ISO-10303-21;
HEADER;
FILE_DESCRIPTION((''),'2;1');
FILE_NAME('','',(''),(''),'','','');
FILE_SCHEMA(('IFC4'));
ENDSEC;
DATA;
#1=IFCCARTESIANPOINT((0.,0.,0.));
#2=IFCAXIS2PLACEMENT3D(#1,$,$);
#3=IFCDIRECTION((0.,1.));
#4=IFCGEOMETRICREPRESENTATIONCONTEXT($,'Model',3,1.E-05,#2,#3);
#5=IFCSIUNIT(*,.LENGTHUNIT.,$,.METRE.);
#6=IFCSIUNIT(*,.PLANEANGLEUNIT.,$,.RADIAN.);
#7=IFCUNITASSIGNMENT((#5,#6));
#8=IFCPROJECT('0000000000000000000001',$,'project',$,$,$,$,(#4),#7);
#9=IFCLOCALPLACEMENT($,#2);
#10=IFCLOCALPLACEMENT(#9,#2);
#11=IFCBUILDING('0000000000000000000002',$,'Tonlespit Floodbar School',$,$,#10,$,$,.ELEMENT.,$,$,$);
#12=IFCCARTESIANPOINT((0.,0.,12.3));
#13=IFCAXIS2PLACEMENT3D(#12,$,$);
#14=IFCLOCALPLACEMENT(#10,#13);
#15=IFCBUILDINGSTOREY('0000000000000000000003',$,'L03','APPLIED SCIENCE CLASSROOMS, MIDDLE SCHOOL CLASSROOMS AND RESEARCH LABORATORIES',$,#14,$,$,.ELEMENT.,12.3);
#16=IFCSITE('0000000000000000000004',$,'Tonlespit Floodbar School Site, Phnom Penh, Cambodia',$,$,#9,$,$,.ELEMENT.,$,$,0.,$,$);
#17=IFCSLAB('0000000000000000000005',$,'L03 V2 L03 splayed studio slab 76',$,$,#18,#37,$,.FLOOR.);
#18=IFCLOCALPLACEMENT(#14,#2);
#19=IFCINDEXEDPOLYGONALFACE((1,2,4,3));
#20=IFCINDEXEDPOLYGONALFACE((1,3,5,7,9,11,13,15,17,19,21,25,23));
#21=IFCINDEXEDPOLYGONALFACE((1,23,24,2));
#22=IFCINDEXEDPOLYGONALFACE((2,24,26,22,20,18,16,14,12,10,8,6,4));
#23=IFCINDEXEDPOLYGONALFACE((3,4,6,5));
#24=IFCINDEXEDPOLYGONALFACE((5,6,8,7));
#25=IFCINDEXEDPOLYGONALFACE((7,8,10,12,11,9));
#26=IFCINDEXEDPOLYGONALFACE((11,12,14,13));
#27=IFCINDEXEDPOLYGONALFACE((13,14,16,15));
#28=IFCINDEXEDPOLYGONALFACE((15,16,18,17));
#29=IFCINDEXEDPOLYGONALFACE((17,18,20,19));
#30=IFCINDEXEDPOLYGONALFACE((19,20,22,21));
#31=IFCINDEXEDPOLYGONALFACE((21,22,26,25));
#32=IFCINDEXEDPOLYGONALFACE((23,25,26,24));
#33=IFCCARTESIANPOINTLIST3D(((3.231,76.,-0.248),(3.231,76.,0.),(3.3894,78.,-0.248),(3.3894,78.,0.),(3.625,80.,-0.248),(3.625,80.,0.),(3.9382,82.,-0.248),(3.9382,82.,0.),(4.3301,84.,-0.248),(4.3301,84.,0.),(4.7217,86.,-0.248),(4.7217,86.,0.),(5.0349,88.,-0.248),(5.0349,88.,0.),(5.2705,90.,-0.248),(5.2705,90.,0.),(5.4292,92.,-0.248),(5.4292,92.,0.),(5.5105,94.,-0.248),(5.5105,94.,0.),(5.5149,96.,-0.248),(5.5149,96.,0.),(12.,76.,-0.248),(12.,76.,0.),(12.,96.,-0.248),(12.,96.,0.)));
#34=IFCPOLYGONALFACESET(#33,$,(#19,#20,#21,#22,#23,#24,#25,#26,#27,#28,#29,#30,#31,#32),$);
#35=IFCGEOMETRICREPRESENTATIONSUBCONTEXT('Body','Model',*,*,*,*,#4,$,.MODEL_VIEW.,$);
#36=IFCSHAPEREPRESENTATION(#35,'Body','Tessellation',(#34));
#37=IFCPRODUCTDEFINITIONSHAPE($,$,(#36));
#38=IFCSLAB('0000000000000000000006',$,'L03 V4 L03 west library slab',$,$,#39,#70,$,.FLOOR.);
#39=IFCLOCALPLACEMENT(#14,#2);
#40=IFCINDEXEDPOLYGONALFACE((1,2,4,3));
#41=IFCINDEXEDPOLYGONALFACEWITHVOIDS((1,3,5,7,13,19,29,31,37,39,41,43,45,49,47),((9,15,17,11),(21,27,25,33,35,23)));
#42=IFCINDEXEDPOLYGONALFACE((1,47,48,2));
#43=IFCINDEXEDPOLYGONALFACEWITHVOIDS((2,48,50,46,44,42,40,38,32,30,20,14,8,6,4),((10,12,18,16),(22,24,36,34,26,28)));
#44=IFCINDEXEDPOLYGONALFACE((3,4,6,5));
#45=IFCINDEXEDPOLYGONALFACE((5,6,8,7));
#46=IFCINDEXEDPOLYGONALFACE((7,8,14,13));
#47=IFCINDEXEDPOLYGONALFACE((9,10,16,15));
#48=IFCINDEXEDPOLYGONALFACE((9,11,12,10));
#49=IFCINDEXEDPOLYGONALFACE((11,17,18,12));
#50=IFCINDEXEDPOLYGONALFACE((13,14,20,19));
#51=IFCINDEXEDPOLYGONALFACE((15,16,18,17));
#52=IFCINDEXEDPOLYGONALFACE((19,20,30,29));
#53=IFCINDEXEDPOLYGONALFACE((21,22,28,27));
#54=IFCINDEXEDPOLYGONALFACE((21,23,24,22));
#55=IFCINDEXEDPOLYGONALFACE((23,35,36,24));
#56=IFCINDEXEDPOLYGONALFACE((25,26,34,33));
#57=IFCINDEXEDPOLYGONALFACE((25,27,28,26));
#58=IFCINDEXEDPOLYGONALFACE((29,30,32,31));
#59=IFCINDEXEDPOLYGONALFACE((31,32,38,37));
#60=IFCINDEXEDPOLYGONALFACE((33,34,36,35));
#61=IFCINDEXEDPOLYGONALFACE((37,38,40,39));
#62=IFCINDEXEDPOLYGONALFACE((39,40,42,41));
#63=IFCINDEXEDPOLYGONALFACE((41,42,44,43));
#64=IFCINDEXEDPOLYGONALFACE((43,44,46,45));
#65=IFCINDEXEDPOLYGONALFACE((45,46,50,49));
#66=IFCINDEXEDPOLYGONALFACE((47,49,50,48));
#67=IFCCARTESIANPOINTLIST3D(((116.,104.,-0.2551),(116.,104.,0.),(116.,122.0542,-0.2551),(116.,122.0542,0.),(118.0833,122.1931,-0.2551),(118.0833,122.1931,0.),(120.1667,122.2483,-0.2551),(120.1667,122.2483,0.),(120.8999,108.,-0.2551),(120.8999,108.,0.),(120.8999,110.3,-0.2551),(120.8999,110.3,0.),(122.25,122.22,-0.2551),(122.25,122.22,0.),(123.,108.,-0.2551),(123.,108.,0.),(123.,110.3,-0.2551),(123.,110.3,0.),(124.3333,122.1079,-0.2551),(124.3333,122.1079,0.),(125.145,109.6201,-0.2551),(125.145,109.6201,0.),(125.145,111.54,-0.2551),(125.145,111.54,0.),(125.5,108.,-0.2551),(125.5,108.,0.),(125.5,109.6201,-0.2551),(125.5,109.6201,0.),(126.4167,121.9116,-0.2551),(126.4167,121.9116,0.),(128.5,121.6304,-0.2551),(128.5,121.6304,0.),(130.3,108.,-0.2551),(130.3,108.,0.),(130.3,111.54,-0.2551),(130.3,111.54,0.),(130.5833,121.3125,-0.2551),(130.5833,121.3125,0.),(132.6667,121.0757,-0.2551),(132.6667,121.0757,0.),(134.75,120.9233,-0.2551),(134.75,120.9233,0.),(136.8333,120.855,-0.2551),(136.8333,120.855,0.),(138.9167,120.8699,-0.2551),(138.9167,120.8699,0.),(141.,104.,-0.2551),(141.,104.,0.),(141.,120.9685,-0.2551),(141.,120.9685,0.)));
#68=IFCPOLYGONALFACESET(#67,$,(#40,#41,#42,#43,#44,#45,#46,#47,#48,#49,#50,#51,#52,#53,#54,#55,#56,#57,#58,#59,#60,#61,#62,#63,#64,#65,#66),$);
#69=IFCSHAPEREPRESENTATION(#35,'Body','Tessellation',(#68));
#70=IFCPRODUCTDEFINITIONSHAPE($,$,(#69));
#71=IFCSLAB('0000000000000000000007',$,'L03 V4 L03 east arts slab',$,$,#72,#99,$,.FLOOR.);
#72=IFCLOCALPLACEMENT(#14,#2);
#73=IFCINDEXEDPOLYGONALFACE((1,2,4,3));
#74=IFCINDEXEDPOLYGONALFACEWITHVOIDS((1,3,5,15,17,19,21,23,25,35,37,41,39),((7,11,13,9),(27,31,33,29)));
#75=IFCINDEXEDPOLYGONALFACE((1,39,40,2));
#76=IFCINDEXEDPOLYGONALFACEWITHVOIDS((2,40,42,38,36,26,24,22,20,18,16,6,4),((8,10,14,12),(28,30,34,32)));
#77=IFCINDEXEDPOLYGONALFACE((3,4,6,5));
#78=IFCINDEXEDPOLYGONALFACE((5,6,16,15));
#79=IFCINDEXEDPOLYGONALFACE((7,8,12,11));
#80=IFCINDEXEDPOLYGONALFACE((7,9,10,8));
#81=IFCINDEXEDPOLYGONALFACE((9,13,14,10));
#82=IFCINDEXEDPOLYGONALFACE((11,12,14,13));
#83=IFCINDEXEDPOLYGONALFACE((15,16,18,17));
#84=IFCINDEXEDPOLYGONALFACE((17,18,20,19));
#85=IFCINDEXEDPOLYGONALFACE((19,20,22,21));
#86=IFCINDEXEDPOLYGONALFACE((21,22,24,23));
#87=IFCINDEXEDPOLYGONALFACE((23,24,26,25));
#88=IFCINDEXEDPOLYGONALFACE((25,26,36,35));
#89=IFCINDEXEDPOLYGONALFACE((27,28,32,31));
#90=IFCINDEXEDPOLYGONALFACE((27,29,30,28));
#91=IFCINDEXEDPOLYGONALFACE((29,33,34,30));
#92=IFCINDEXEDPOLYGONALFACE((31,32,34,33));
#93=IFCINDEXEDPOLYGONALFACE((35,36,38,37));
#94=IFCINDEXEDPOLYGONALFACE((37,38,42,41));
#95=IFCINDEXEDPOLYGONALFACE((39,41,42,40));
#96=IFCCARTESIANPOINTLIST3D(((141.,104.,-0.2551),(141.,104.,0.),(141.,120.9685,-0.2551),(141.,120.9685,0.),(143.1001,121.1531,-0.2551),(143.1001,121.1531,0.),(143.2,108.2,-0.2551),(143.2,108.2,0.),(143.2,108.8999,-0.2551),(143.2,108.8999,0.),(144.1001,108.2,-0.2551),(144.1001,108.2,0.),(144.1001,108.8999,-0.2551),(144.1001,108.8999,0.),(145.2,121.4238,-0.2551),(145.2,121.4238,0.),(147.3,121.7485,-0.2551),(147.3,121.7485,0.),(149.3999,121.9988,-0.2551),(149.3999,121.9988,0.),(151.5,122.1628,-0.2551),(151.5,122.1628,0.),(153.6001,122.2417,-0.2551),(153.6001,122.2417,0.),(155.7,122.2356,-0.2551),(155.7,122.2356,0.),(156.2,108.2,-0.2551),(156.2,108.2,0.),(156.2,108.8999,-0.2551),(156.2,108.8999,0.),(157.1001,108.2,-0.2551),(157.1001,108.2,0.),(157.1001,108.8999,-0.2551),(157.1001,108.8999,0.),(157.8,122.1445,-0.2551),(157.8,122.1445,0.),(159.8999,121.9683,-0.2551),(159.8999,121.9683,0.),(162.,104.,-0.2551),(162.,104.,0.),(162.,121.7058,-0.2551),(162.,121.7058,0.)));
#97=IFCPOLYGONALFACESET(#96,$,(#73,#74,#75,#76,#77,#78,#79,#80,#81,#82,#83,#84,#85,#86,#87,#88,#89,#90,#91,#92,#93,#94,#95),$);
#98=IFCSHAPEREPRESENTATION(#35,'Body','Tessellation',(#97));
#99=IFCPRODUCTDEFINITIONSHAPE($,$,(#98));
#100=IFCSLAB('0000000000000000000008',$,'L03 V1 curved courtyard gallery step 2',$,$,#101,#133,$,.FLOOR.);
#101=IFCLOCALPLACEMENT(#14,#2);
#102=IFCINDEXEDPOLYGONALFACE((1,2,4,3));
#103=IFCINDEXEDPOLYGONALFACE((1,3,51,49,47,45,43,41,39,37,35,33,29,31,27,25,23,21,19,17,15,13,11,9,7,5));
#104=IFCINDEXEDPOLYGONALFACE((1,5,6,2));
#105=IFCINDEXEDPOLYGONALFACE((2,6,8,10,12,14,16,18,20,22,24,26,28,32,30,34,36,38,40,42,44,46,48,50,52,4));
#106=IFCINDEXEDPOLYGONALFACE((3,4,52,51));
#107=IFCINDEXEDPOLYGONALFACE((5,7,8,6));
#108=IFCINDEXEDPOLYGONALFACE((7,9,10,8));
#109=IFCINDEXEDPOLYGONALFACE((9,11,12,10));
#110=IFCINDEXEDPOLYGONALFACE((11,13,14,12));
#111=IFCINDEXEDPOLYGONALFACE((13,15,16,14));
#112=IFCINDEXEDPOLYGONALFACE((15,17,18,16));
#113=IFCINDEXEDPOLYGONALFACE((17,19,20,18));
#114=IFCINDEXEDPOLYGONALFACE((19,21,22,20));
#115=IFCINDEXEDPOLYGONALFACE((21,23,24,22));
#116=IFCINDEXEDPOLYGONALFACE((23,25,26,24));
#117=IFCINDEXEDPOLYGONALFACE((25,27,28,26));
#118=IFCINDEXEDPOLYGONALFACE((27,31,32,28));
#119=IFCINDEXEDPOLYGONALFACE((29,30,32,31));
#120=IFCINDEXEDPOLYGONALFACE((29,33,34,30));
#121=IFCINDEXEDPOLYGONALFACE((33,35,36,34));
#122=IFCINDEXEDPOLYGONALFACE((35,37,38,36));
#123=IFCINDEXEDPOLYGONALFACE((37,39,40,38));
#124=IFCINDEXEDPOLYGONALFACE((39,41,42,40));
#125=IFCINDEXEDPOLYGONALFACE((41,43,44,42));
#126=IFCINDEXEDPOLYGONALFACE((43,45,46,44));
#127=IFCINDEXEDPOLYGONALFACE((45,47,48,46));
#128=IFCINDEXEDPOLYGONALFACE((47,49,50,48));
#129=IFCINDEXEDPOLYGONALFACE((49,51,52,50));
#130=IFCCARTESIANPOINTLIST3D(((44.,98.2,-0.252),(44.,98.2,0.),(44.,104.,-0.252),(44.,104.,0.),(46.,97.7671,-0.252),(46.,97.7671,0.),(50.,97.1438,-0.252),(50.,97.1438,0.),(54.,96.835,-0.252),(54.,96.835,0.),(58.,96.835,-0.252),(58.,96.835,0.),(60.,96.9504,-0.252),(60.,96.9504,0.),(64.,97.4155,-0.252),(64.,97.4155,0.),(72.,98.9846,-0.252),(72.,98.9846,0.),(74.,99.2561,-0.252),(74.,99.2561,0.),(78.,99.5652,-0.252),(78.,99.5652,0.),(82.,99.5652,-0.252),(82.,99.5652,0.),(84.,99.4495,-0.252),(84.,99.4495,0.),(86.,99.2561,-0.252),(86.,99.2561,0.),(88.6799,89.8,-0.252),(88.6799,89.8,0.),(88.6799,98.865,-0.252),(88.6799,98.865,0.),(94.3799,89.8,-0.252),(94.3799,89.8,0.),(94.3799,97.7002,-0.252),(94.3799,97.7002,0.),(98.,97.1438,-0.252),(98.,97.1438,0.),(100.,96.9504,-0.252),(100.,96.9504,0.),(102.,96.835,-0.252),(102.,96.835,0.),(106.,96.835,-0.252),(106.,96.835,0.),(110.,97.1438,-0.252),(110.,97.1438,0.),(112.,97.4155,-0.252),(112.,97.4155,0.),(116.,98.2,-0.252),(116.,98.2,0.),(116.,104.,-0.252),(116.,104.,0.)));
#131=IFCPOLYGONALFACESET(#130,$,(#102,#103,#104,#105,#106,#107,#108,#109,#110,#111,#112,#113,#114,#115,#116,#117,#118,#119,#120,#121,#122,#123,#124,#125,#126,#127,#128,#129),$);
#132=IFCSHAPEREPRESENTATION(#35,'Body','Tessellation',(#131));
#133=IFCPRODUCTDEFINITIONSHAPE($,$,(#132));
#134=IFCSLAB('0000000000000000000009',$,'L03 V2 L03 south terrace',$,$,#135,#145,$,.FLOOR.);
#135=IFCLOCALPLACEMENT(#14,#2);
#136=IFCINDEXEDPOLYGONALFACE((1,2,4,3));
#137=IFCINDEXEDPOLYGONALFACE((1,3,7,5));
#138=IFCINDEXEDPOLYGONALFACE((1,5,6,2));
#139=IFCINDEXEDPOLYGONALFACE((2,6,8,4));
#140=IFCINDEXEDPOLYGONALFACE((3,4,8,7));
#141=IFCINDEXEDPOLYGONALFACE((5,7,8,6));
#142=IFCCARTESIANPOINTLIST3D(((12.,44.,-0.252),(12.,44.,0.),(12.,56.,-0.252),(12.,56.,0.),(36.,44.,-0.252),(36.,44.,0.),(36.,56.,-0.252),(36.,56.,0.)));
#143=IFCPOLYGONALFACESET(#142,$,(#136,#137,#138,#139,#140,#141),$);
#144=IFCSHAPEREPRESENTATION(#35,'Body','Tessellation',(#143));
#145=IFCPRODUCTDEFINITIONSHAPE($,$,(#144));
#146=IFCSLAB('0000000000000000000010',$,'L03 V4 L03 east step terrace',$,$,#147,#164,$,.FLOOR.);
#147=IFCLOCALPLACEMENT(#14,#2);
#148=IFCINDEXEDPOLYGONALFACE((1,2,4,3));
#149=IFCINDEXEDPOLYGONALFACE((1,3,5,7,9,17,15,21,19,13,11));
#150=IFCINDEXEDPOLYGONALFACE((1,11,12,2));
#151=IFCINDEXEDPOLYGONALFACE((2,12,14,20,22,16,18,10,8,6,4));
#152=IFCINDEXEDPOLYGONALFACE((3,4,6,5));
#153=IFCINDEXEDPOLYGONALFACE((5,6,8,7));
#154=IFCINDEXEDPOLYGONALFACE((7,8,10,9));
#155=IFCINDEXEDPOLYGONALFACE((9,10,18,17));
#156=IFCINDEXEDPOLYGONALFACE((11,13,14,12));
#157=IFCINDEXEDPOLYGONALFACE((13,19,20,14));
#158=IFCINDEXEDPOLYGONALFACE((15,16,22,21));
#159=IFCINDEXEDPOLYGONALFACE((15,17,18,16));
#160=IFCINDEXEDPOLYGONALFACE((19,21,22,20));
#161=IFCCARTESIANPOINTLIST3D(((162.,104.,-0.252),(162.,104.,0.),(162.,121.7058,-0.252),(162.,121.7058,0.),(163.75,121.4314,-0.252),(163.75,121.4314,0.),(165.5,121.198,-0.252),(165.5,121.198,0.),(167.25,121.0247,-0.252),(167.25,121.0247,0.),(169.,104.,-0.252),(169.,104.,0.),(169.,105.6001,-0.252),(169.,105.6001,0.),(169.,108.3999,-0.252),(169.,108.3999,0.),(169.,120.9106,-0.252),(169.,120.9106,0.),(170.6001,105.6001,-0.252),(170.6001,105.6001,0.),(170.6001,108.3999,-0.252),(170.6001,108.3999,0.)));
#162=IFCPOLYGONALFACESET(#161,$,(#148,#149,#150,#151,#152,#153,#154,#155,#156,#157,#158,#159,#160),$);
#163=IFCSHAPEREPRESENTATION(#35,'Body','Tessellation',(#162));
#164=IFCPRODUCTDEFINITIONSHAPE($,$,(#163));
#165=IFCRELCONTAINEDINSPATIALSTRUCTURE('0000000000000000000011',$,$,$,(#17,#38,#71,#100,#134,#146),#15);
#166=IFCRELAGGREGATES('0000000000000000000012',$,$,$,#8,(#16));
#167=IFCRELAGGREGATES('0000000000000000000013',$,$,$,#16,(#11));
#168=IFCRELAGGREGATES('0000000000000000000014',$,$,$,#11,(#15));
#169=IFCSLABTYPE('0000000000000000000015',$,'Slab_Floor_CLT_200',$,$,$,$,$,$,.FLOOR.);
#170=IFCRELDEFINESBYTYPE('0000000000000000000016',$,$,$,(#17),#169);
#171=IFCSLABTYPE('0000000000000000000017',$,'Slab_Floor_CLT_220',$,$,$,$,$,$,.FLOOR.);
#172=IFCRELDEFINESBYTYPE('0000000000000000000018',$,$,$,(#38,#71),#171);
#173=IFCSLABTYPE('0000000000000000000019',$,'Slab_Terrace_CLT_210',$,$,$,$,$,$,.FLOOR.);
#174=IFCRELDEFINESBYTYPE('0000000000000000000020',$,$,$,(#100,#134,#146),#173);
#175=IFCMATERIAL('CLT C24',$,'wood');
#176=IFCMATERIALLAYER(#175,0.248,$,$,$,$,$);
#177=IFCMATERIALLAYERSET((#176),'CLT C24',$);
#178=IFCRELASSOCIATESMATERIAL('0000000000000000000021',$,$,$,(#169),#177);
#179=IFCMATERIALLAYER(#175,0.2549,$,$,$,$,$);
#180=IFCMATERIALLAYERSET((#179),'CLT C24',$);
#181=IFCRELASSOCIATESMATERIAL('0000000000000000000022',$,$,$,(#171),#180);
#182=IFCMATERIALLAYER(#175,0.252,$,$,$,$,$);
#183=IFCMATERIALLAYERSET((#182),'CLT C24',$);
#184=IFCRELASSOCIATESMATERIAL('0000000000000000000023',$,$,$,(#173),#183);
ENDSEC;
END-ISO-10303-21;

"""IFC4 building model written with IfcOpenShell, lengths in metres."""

from ifc_helpers import new_model, si_unit, direction, frame, origin, place, context, subcontext, project, spatial, polyline, outline, extrude, material, layer, layer_set, type_object, element, save


model = new_model("IFC4")

# Units and contexts
model_context = context("Model", 3, precision=1e-05, world=origin(), true_north=direction((0.0, 1.0)))
body_context = subcontext(model_context, "Body", "Model", "MODEL_VIEW")
ifc_project = project(units=[si_unit("LENGTHUNIT", "METRE"), si_unit("PLANEANGLEUNIT", "RADIAN")], contexts=[model_context])

# Site, building, storey
site_placement = place(None, origin())
site = spatial("IfcSite", under=ifc_project, at=site_placement, Name="Tonlespit Floodbar School Site, Phnom Penh, Cambodia", CompositionType="ELEMENT", RefElevation=0.0)
building_placement = place(site_placement, origin())
building = spatial("IfcBuilding", under=site, at=building_placement, Name="Tonlespit Floodbar School", CompositionType="ELEMENT")
storey_placement = place(building_placement, frame((0.0, 0.0, 12.3)))
storey = spatial("IfcBuildingStorey", under=building, at=storey_placement, Name="L03", Description="APPLIED SCIENCE CLASSROOMS, MIDDLE SCHOOL CLASSROOMS AND RESEARCH LABORATORIES", CompositionType="ELEMENT", Elevation=12.3)

# Slabs
ifc_material_1 = material(Name="CLT C24", Category="wood")
ifc_layer_1 = layer(ifc_material_1, 0.248)
ifc_layer_set_1 = layer_set([ifc_layer_1], Name="CLT C24")
slab_type_1 = type_object("IfcSlabType", Name="Slab_Floor_CLT_200", PredefinedType="FLOOR", material=ifc_layer_set_1)
slab_1_placement = place(storey_placement, frame((0.0, 0.0, -0.248)))
element("IfcSlab", 1, at=slab_1_placement, inside=storey, type_object=slab_type_1, Name="L03 V2 L03 splayed studio slab 76", PredefinedType="FLOOR", context=body_context, shape_type="SweptSolid", body=[
    extrude(outline(polyline([(12.0, 76.0), (12.0, 96.0), (5.5149, 96.0), (5.5105, 94.0), (5.4292, 92.0), (5.2705, 90.0), (5.0349, 88.0), (4.7217, 86.0), (4.3301, 84.0), (3.9382, 82.0), (3.625, 80.0), (3.3894, 78.0), (3.231, 76.0), (12.0, 76.0)])), origin(), (0.0, 0.0, 1.0), 0.248),
])
ifc_layer_2 = layer(ifc_material_1, 0.2549)
ifc_layer_set_2 = layer_set([ifc_layer_2], Name="CLT C24")
slab_type_2 = type_object("IfcSlabType", Name="Slab_Floor_CLT_220", PredefinedType="FLOOR", material=ifc_layer_set_2)
slab_2_placement = place(storey_placement, frame((0.0, 0.0, -0.2551)))
element("IfcSlab", 2, at=slab_2_placement, inside=storey, type_object=slab_type_2, Name="L03 V4 L03 west library slab", PredefinedType="FLOOR", context=body_context, shape_type="SweptSolid", body=[
    extrude(outline(polyline([(116.0, 104.0), (141.0, 104.0), (141.0, 120.9685), (138.9167, 120.8699), (136.8333, 120.855), (134.75, 120.9233), (132.6667, 121.0757), (130.5833, 121.3125), (128.5, 121.6304), (126.4167, 121.9116), (124.3333, 122.1079), (122.25, 122.22), (120.1667, 122.2483), (118.0833, 122.1931), (116.0, 122.0542), (116.0, 104.0)]), holes=[polyline([(125.5, 108.0), (130.3, 108.0), (130.3, 111.54), (125.145, 111.54), (125.145, 109.6201), (125.5, 109.6201), (125.5, 108.0)]), polyline([(120.8999, 108.0), (123.0, 108.0), (123.0, 110.3), (120.8999, 110.3), (120.8999, 108.0)])]), origin(), (0.0, 0.0, 1.0), 0.2551),
])
slab_3_placement = place(storey_placement, frame((0.0, 0.0, -0.2551)))
element("IfcSlab", 3, at=slab_3_placement, inside=storey, type_object=slab_type_2, Name="L03 V4 L03 east arts slab", PredefinedType="FLOOR", context=body_context, shape_type="SweptSolid", body=[
    extrude(outline(polyline([(141.0, 104.0), (162.0, 104.0), (162.0, 121.7058), (159.8999, 121.9683), (157.8, 122.1445), (155.7, 122.2356), (153.6001, 122.2417), (151.5, 122.1628), (149.3999, 121.9988), (147.3, 121.7485), (145.2, 121.4238), (143.1001, 121.1531), (141.0, 120.9685), (141.0, 104.0)]), holes=[polyline([(143.2, 108.2), (144.1001, 108.2), (144.1001, 108.8999), (143.2, 108.8999), (143.2, 108.2)]), polyline([(156.2, 108.2), (157.1001, 108.2), (157.1001, 108.8999), (156.2, 108.8999), (156.2, 108.2)])]), origin(), (0.0, 0.0, 1.0), 0.2551),
])
ifc_layer_3 = layer(ifc_material_1, 0.252)
ifc_layer_set_3 = layer_set([ifc_layer_3], Name="CLT C24")
slab_type_3 = type_object("IfcSlabType", Name="Slab_Terrace_CLT_210", PredefinedType="FLOOR", material=ifc_layer_set_3)
slab_4_placement = place(storey_placement, frame((0.0, 0.0, -0.252)))
element("IfcSlab", 4, at=slab_4_placement, inside=storey, type_object=slab_type_3, Name="L03 V1 curved courtyard gallery step 2", PredefinedType="FLOOR", context=body_context, shape_type="SweptSolid", body=[
    extrude(outline(polyline([(94.3799, 89.8), (88.6799, 89.8), (88.6799, 98.865), (86.0, 99.2561), (84.0, 99.4495), (82.0, 99.5652), (78.0, 99.5652), (74.0, 99.2561), (72.0, 98.9846), (64.0, 97.4155), (60.0, 96.9504), (58.0, 96.835), (54.0, 96.835), (50.0, 97.1438), (46.0, 97.7671), (44.0, 98.2), (44.0, 104.0), (116.0, 104.0), (116.0, 98.2), (112.0, 97.4155), (110.0, 97.1438), (106.0, 96.835), (102.0, 96.835), (100.0, 96.9504), (98.0, 97.1438), (94.3799, 97.7002), (94.3799, 89.8)])), origin(), (0.0, 0.0, 1.0), 0.252),
])
slab_5_placement = place(storey_placement, frame((0.0, 0.0, -0.252)))
element("IfcSlab", 5, at=slab_5_placement, inside=storey, type_object=slab_type_3, Name="L03 V2 L03 south terrace", PredefinedType="FLOOR", context=body_context, shape_type="SweptSolid", body=[
    extrude(outline(polyline([(12.0, 44.0), (36.0, 44.0), (36.0, 56.0), (12.0, 56.0), (12.0, 44.0)])), origin(), (0.0, 0.0, 1.0), 0.252),
])
slab_6_placement = place(storey_placement, frame((0.0, 0.0, -0.252)))
element("IfcSlab", 6, at=slab_6_placement, inside=storey, type_object=slab_type_3, Name="L03 V4 L03 east step terrace", PredefinedType="FLOOR", context=body_context, shape_type="SweptSolid", body=[
    extrude(outline(polyline([(162.0, 104.0), (169.0, 104.0), (169.0, 105.6001), (170.6001, 105.6001), (170.6001, 108.3999), (169.0, 108.3999), (169.0, 120.9106), (167.25, 121.0247), (165.5, 121.198), (163.75, 121.4314), (162.0, 121.7058), (162.0, 104.0)])), origin(), (0.0, 0.0, 1.0), 0.252),
])

save(model, "model.ifc")
